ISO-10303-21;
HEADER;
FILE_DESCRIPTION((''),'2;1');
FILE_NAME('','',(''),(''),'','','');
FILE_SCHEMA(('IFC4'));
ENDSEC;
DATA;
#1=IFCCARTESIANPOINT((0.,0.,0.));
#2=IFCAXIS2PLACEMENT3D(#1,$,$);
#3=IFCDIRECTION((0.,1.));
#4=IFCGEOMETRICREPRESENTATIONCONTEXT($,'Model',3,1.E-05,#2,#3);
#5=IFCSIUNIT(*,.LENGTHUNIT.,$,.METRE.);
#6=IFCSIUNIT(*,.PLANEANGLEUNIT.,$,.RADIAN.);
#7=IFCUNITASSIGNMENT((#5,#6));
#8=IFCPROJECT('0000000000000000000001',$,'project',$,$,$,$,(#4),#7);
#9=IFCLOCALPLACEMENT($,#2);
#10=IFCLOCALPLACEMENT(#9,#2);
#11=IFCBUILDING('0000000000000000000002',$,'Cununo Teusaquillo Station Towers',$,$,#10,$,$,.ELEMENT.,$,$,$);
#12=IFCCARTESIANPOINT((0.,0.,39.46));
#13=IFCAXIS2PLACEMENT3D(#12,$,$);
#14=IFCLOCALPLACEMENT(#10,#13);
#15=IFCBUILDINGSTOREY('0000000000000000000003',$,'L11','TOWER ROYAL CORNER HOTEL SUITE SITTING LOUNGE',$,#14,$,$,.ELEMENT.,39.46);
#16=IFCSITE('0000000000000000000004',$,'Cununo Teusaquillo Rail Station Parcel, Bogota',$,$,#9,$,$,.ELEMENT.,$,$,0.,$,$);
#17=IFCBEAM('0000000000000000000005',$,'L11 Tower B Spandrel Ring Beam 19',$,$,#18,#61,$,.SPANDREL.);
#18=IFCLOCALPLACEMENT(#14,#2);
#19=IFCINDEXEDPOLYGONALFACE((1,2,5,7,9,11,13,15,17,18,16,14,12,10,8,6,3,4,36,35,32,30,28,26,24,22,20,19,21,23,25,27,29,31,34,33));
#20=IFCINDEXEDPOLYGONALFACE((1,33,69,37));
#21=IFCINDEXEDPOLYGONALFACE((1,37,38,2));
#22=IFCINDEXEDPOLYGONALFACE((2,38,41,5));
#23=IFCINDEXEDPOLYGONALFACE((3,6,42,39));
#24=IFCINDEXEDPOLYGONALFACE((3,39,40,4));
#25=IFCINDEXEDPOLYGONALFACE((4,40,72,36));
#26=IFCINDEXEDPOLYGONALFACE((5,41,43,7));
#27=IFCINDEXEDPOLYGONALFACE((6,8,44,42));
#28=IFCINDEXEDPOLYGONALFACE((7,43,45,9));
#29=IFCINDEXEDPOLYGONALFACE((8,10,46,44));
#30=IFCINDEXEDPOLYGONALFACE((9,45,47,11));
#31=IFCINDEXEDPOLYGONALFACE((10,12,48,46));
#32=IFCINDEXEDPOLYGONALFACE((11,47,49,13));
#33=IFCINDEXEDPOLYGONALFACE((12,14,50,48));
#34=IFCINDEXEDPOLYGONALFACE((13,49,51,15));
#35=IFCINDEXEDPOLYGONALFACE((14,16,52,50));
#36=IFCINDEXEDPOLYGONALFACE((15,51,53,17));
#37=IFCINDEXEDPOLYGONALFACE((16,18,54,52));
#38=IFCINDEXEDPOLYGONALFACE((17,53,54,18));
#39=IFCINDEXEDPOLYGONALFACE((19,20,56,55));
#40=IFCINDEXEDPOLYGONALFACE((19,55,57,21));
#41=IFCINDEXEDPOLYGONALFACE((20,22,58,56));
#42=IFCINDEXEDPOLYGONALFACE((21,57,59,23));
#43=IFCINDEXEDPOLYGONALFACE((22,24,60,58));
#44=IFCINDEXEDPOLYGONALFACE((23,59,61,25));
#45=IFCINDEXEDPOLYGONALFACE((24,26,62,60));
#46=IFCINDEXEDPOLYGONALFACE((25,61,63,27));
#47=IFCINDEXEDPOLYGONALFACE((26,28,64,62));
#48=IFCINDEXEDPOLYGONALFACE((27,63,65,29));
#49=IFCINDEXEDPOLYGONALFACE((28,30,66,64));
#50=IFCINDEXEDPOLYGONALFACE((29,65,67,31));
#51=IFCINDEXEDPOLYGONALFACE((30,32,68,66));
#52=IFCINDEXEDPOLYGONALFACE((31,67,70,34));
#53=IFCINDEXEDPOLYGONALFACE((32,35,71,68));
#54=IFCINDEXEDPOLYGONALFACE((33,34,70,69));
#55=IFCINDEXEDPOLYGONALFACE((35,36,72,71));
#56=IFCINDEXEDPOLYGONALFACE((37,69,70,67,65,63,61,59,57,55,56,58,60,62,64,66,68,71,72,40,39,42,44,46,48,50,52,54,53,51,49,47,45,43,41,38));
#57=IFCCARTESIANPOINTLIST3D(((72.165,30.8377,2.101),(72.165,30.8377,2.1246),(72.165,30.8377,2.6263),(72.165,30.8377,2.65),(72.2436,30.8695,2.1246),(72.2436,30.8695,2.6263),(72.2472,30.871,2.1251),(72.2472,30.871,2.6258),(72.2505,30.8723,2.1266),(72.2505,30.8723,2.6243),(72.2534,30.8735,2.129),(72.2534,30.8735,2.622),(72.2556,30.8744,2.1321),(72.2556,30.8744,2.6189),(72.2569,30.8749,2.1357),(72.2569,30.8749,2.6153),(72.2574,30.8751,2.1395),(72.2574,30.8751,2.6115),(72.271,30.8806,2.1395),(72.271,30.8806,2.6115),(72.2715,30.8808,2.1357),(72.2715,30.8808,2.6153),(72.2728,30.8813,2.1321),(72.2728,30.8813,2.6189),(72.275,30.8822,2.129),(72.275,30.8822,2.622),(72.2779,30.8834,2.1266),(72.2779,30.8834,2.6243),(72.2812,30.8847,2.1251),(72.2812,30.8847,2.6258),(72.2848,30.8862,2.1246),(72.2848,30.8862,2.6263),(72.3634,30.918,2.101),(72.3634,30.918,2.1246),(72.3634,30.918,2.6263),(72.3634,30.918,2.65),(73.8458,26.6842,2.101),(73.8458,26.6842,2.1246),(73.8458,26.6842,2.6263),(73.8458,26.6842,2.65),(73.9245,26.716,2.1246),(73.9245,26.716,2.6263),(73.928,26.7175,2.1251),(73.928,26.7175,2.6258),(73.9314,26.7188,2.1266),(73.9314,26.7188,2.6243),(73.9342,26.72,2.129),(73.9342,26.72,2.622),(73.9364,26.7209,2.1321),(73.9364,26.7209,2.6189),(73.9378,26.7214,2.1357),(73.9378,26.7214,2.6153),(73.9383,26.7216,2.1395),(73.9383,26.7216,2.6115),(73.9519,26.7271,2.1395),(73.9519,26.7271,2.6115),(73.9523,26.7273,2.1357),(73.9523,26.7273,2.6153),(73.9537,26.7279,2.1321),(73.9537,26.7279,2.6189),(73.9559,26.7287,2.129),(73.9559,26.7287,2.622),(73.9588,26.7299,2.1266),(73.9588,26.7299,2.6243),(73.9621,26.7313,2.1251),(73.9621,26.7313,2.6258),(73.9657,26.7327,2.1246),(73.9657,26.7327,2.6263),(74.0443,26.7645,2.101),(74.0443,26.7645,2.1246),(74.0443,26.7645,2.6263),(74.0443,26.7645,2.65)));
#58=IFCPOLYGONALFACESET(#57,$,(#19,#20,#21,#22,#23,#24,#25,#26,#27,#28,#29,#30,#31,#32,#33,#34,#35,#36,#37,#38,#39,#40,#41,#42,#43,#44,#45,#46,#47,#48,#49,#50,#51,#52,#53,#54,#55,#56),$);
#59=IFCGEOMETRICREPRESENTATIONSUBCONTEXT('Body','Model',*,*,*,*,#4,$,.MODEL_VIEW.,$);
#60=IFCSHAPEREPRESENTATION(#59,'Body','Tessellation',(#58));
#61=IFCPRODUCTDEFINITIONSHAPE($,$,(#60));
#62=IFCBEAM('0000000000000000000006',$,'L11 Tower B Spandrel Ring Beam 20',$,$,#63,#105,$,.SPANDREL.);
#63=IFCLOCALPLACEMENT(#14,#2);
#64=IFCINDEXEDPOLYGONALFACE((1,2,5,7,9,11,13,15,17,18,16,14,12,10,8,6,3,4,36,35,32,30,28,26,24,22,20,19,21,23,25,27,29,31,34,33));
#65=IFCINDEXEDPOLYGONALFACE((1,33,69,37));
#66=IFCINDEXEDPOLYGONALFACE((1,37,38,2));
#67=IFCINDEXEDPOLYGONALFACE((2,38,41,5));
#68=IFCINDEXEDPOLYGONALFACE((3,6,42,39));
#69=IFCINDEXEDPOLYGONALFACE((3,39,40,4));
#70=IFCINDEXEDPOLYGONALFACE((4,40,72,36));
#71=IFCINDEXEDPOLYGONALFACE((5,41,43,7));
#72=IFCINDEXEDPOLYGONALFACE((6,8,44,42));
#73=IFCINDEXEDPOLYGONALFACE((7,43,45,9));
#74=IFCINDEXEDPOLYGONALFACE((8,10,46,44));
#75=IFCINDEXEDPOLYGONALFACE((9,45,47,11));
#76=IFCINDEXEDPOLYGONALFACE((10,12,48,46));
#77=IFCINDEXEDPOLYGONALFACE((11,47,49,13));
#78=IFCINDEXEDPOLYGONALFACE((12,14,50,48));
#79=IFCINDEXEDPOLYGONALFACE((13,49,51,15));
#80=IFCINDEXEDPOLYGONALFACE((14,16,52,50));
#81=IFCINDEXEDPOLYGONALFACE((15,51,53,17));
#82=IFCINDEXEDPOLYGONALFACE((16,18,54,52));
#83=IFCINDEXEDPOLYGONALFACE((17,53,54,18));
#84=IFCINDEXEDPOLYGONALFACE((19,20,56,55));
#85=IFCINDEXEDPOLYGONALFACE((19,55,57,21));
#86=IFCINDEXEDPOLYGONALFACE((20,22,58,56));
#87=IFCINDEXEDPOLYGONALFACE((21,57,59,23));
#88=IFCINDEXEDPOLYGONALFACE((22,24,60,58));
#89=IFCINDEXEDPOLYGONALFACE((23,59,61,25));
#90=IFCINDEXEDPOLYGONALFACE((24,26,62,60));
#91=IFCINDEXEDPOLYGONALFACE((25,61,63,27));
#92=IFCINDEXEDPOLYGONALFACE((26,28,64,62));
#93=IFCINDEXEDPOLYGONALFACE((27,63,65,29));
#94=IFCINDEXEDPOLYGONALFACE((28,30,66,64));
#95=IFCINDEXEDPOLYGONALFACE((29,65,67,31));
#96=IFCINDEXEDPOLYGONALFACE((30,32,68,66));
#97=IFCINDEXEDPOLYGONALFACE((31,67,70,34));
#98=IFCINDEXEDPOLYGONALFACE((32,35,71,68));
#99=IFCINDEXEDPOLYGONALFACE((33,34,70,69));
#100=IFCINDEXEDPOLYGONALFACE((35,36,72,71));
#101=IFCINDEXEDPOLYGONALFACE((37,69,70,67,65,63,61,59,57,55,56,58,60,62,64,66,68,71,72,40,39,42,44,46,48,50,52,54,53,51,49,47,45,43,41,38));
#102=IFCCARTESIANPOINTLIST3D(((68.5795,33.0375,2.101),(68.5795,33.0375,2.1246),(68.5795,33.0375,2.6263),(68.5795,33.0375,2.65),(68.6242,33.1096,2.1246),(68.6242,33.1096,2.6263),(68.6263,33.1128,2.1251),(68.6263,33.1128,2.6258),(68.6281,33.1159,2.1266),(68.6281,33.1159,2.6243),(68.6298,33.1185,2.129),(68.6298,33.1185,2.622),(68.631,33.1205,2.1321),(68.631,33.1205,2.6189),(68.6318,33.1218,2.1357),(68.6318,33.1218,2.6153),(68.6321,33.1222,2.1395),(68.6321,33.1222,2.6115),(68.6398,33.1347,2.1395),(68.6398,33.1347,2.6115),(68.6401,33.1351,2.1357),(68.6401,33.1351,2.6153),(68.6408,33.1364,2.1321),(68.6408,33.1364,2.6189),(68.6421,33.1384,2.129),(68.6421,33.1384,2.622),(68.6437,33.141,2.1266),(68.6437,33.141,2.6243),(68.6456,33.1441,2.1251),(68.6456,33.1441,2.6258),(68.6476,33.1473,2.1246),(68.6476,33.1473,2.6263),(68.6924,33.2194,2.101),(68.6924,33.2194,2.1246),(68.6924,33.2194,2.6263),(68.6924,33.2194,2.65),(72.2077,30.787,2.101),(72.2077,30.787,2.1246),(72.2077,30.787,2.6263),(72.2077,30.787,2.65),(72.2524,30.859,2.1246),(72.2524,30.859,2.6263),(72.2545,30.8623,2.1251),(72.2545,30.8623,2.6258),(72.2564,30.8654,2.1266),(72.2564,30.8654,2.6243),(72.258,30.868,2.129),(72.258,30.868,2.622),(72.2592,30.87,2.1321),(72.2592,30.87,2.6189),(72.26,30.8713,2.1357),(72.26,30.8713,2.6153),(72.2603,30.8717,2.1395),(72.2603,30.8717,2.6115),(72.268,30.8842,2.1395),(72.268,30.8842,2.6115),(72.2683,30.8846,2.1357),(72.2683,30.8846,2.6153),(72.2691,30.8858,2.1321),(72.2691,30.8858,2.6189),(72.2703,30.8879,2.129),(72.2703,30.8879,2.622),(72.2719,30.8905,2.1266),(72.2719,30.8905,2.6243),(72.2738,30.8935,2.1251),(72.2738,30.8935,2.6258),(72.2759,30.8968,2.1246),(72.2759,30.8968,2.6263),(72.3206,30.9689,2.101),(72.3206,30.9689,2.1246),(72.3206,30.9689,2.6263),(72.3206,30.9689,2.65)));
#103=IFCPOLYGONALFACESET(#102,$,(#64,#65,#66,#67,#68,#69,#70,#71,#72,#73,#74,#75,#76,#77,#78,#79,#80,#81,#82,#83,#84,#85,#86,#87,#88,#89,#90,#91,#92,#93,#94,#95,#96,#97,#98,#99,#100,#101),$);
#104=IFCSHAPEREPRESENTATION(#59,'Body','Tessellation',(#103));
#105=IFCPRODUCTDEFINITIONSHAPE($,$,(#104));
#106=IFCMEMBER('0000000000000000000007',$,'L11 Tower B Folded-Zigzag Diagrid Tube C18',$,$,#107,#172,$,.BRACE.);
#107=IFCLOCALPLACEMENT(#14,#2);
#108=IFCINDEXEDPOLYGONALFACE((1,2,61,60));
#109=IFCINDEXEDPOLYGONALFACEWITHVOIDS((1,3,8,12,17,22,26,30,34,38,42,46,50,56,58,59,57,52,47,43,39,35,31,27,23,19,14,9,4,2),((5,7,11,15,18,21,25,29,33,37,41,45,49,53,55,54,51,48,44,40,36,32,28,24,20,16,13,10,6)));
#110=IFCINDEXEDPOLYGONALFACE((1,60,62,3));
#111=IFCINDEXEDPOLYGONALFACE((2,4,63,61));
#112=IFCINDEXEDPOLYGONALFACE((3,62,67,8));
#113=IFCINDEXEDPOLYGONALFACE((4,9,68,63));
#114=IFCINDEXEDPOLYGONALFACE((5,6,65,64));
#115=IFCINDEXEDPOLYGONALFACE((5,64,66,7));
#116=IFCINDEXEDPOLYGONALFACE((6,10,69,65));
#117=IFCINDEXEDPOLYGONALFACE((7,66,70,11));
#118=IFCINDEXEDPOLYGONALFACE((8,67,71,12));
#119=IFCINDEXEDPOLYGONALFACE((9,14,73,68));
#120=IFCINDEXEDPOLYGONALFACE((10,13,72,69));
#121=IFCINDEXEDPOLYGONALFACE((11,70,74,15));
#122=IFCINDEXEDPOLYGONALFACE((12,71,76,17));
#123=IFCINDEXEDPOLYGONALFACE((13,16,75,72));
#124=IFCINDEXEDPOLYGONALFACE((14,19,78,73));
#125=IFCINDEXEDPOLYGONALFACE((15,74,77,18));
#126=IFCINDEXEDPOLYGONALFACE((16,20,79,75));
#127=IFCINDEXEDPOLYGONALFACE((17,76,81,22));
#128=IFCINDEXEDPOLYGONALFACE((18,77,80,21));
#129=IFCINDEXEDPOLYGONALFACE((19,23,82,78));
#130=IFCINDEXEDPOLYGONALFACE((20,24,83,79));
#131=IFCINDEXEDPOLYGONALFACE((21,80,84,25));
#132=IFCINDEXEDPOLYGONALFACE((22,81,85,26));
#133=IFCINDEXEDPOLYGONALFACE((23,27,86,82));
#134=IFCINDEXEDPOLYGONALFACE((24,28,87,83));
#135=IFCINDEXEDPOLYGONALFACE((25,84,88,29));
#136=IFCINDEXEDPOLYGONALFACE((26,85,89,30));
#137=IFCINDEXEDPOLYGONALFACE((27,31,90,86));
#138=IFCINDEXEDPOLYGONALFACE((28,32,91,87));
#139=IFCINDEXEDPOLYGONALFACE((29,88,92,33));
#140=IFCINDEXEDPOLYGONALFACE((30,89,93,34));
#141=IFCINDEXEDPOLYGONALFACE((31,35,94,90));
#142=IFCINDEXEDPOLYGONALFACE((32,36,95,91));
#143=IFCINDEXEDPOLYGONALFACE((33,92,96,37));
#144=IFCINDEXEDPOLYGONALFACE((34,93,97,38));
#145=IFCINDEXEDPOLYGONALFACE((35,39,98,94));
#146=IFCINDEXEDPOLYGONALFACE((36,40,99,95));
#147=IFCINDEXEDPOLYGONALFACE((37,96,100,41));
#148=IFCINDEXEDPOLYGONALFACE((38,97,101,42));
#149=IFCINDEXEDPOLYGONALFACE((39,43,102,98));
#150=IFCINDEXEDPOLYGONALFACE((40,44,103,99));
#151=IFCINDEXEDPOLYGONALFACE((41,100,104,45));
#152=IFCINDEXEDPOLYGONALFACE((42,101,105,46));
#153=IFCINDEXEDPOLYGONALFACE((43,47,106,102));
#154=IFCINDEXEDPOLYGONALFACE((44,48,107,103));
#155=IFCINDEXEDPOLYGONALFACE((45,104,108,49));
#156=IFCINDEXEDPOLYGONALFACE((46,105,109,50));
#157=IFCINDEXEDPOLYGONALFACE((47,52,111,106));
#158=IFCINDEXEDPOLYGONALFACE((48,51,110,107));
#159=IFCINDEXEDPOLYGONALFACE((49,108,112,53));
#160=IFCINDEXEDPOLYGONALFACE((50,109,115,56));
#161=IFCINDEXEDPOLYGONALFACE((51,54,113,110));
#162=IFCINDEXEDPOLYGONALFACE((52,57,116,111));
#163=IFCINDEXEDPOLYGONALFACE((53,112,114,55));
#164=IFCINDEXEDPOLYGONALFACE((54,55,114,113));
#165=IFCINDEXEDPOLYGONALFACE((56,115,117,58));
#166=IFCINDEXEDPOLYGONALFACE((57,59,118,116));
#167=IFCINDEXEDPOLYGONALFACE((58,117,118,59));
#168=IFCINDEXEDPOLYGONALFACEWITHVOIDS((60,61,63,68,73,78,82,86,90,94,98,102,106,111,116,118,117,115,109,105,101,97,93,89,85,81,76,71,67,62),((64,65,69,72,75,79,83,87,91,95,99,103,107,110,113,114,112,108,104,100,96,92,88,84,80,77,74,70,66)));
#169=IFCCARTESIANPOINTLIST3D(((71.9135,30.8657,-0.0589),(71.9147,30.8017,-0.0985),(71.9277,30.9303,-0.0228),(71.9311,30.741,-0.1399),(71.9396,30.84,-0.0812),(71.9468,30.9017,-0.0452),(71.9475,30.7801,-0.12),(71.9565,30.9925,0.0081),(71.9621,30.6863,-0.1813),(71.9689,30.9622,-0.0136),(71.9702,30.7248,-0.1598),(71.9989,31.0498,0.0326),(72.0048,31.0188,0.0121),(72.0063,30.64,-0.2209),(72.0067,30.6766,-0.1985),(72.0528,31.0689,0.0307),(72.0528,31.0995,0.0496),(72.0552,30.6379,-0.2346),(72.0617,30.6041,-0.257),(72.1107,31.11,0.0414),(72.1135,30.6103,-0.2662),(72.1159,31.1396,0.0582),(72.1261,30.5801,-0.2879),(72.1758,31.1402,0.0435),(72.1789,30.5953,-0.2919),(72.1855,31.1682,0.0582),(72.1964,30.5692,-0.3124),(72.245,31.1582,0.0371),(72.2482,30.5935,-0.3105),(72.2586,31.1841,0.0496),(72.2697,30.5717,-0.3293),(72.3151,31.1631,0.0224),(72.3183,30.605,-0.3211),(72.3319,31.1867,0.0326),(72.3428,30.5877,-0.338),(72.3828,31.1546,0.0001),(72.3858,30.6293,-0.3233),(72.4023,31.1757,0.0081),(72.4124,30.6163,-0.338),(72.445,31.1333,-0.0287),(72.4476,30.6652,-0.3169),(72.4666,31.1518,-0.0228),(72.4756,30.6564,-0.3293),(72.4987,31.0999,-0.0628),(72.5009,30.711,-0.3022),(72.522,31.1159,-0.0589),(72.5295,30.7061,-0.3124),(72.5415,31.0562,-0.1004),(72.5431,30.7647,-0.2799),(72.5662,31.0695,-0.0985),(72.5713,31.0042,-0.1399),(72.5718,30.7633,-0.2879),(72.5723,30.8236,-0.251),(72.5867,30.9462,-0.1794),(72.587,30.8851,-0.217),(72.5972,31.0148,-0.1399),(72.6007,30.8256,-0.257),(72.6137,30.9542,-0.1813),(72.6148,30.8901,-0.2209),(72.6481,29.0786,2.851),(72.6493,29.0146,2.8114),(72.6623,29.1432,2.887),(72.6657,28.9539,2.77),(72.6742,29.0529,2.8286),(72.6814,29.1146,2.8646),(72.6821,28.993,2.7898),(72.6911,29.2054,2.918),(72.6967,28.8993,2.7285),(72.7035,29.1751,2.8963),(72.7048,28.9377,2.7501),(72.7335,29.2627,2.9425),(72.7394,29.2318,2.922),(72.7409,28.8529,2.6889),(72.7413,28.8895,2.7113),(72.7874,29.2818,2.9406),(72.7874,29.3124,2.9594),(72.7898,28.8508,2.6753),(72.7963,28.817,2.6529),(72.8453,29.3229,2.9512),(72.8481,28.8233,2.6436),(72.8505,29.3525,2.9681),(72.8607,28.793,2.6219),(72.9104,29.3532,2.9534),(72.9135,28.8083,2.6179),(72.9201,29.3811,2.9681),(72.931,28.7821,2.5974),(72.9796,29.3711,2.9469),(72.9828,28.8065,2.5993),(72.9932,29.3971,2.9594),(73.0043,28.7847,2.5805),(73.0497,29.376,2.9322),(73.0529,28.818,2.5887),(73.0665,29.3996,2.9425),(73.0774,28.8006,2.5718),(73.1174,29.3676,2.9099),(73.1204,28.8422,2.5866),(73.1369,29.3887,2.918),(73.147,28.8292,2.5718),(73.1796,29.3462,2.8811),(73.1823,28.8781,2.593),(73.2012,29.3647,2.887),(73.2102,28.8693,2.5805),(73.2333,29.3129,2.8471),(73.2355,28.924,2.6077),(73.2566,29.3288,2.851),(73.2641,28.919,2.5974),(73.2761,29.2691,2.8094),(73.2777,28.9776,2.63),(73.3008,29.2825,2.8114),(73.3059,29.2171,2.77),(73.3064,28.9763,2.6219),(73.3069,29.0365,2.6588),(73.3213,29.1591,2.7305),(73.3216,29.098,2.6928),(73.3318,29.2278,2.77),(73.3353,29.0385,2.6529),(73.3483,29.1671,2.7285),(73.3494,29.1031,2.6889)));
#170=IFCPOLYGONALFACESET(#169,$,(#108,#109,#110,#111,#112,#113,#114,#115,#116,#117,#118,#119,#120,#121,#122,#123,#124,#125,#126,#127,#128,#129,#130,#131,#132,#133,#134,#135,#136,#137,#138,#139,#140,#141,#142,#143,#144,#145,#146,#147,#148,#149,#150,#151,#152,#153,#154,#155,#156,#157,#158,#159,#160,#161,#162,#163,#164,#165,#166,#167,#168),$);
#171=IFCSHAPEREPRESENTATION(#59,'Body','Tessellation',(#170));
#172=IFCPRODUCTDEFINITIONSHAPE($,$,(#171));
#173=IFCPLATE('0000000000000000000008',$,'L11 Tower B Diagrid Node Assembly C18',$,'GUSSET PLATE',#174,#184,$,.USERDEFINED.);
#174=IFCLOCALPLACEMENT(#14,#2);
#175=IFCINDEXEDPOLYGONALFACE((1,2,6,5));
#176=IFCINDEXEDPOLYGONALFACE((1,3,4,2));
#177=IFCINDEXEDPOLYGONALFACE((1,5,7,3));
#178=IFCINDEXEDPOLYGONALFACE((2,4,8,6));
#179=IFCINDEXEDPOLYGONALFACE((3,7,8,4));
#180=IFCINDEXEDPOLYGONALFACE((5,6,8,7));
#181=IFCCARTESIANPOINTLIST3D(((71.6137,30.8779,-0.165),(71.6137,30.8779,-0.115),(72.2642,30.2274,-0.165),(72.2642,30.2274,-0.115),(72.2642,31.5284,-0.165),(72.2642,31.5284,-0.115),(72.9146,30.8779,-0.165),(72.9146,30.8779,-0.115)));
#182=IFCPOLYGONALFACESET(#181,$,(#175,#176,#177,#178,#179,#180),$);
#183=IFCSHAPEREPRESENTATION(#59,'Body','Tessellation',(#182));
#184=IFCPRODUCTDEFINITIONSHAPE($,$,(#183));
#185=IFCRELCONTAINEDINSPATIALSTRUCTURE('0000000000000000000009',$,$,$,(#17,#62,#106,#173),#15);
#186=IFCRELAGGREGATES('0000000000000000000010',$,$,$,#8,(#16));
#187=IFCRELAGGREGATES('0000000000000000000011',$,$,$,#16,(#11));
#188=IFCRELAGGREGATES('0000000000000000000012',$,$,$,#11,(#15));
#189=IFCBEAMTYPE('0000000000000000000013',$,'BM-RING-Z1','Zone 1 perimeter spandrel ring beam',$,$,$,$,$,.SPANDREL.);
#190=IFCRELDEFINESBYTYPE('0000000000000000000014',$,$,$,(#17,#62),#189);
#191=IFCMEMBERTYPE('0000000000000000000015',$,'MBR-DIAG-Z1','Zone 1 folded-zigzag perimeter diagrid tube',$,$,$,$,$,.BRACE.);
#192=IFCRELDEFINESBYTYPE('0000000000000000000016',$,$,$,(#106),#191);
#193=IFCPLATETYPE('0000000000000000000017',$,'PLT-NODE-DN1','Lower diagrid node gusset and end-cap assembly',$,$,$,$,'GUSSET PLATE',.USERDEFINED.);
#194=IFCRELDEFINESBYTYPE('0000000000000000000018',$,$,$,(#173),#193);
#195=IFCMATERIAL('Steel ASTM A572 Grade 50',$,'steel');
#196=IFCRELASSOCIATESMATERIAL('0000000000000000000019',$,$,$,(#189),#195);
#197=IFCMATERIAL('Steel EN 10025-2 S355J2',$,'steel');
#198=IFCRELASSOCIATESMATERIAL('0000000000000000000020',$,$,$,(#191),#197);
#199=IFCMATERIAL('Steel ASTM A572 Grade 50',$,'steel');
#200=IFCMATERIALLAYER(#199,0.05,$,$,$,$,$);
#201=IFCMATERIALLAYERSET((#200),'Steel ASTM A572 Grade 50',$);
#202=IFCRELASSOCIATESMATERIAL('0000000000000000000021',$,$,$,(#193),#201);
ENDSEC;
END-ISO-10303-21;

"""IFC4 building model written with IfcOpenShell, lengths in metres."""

from ifc_helpers import new_model, si_unit, direction, frame, origin, origin_2d, place, context, subcontext, project, spatial, rectangle, hollow_circle, i_section, extrude, source, transform, mapped, material, layer, layer_set, material_profile, profile_set, type_object, element, save


model = new_model("IFC4")

# Units and contexts
model_context = context("Model", 3, precision=1e-05, world=origin(), true_north=direction((0.0, 1.0)))
body_context = subcontext(model_context, "Body", "Model", "MODEL_VIEW")
ifc_project = project(units=[si_unit("LENGTHUNIT", "METRE"), si_unit("PLANEANGLEUNIT", "RADIAN")], contexts=[model_context])

# Site, building, storey
site_placement = place(None, origin())
site = spatial("IfcSite", under=ifc_project, at=site_placement, Name="Cununo Teusaquillo Rail Station Parcel, Bogota", CompositionType="ELEMENT", RefElevation=0.0)
building_placement = place(site_placement, origin())
building = spatial("IfcBuilding", under=site, at=building_placement, Name="Cununo Teusaquillo Station Towers", CompositionType="ELEMENT")
storey_placement = place(building_placement, frame((0.0, 0.0, 39.46)))
storey = spatial("IfcBuildingStorey", under=building, at=storey_placement, Name="L11", Description="TOWER ROYAL CORNER HOTEL SUITE SITTING LOUNGE", CompositionType="ELEMENT", Elevation=39.46)

# Beams
ifc_material_1 = material(Name="Steel ASTM A572 Grade 50", Category="steel")
ifc_material_profile_1 = material_profile(ifc_material_1, i_section(OverallWidth=0.2141, OverallDepth=0.5491, WebThickness=0.0146, FlangeThickness=0.0237, FilletRadius=0.0149, at=origin_2d()), Name="W21X93")
ifc_profile_set_1 = profile_set([ifc_material_profile_1], Name="Steel ASTM A572 Grade 50")
beam_type_1 = type_object("IfcBeamType", Name="BM-RING-Z1", Description="Zone 1 perimeter spandrel ring beam", PredefinedType="SPANDREL", material=ifc_profile_set_1)
beam_1_placement = place(storey_placement, frame((73.9451, 26.7244, 2.3755), z_axis=(-0.375136, 0.92697, 0.0), x_axis=(-0.92697, -0.375136, 0.0)))
element("IfcBeam", 1, at=beam_1_placement, inside=storey, type_object=beam_type_1, Name="L11 Tower B Spandrel Ring Beam 19", PredefinedType="SPANDREL", context=body_context, shape_type="SweptSolid", body=[
    extrude(i_section(OverallWidth=0.2141, OverallDepth=0.5491, WebThickness=0.0146, FlangeThickness=0.0237, FilletRadius=0.0149, at=origin_2d()), origin(), (0.0, 0.0, 1.0), 4.4807),
])
beam_2_placement = place(storey_placement, frame((72.2642, 30.8779, 2.3755), z_axis=(-0.849796, 0.527112, 0.0), x_axis=(-0.527112, -0.849796, 0.0)))
element("IfcBeam", 2, at=beam_2_placement, inside=storey, type_object=beam_type_1, Name="L11 Tower B Spandrel Ring Beam 20", PredefinedType="SPANDREL", context=body_context, shape_type="SweptSolid", body=[
    extrude(i_section(OverallWidth=0.2141, OverallDepth=0.5491, WebThickness=0.0146, FlangeThickness=0.0237, FilletRadius=0.0149, at=origin_2d()), origin(), (0.0, 0.0, 1.0), 4.2695),
])

# Member
ifc_material_2 = material(Name="Steel EN 10025-2 S355J2", Category="steel")
ifc_material_profile_2 = material_profile(ifc_material_2, hollow_circle(Radius=0.3601, WallThickness=0.0281, at=origin_2d()), Name="CHS 720x28")
ifc_profile_set_2 = profile_set([ifc_material_profile_2], Name="Steel EN 10025-2 S355J2")
member_type = type_object("IfcMemberType", Name="MBR-DIAG-Z1", Description="Zone 1 folded-zigzag perimeter diagrid tube", PredefinedType="BRACE", material=ifc_profile_set_2)
member_placement = place(storey_placement, frame((72.2642, 30.8779, -0.1399), z_axis=(0.210312, -0.511627, 0.833071), x_axis=(0.924906, 0.380197, 0.0)))
element("IfcMember", 3, at=member_placement, inside=storey, type_object=member_type, Name="L11 Tower B Folded-Zigzag Diagrid Tube C18", PredefinedType="BRACE", context=body_context, shape_type="SweptSolid", body=[
    extrude(hollow_circle(Radius=0.3601, WallThickness=0.0281, at=origin_2d()), origin(), (0.0, 0.0, 1.0), 3.4929),
])

# Plate
ifc_material_3 = material(Name="Steel ASTM A572 Grade 50", Category="steel")
ifc_layer_1 = layer(ifc_material_3, 0.05)
ifc_layer_set_1 = layer_set([ifc_layer_1], Name="Steel ASTM A572 Grade 50")
plate_type = type_object("IfcPlateType", Name="PLT-NODE-DN1", Description="Lower diagrid node gusset and end-cap assembly", ElementType="GUSSET PLATE", PredefinedType="USERDEFINED", material=ifc_layer_set_1)
shared_shape_1 = source(origin(), body_context, "Body", "SweptSolid", [
    extrude(rectangle(XDim=0.9199, YDim=0.9199, at=origin_2d()), origin(), (0.0, 0.0, 1.0), 0.05),
])
plate_placement = place(storey_placement, frame((72.2642, 30.8779, -0.165), z_axis=(0.0, 0.0, 1.0), x_axis=(0.707107, 0.707107, 0.0)))
element("IfcPlate", 4, at=plate_placement, inside=storey, type_object=plate_type, Name="L11 Tower B Diagrid Node Assembly C18", ObjectType="GUSSET PLATE", PredefinedType="USERDEFINED", context=body_context, shape_type="MappedRepresentation", body=[
    mapped(shared_shape_1, transform((0.0, 0.0, 0.0), x_axis=(1.0, 0.0, 0.0), y_axis=(0.0, 1.0, 0.0), z_axis=(0.0, 0.0, 1.0), scale=1.0)),
])

save(model, "model.ifc")
